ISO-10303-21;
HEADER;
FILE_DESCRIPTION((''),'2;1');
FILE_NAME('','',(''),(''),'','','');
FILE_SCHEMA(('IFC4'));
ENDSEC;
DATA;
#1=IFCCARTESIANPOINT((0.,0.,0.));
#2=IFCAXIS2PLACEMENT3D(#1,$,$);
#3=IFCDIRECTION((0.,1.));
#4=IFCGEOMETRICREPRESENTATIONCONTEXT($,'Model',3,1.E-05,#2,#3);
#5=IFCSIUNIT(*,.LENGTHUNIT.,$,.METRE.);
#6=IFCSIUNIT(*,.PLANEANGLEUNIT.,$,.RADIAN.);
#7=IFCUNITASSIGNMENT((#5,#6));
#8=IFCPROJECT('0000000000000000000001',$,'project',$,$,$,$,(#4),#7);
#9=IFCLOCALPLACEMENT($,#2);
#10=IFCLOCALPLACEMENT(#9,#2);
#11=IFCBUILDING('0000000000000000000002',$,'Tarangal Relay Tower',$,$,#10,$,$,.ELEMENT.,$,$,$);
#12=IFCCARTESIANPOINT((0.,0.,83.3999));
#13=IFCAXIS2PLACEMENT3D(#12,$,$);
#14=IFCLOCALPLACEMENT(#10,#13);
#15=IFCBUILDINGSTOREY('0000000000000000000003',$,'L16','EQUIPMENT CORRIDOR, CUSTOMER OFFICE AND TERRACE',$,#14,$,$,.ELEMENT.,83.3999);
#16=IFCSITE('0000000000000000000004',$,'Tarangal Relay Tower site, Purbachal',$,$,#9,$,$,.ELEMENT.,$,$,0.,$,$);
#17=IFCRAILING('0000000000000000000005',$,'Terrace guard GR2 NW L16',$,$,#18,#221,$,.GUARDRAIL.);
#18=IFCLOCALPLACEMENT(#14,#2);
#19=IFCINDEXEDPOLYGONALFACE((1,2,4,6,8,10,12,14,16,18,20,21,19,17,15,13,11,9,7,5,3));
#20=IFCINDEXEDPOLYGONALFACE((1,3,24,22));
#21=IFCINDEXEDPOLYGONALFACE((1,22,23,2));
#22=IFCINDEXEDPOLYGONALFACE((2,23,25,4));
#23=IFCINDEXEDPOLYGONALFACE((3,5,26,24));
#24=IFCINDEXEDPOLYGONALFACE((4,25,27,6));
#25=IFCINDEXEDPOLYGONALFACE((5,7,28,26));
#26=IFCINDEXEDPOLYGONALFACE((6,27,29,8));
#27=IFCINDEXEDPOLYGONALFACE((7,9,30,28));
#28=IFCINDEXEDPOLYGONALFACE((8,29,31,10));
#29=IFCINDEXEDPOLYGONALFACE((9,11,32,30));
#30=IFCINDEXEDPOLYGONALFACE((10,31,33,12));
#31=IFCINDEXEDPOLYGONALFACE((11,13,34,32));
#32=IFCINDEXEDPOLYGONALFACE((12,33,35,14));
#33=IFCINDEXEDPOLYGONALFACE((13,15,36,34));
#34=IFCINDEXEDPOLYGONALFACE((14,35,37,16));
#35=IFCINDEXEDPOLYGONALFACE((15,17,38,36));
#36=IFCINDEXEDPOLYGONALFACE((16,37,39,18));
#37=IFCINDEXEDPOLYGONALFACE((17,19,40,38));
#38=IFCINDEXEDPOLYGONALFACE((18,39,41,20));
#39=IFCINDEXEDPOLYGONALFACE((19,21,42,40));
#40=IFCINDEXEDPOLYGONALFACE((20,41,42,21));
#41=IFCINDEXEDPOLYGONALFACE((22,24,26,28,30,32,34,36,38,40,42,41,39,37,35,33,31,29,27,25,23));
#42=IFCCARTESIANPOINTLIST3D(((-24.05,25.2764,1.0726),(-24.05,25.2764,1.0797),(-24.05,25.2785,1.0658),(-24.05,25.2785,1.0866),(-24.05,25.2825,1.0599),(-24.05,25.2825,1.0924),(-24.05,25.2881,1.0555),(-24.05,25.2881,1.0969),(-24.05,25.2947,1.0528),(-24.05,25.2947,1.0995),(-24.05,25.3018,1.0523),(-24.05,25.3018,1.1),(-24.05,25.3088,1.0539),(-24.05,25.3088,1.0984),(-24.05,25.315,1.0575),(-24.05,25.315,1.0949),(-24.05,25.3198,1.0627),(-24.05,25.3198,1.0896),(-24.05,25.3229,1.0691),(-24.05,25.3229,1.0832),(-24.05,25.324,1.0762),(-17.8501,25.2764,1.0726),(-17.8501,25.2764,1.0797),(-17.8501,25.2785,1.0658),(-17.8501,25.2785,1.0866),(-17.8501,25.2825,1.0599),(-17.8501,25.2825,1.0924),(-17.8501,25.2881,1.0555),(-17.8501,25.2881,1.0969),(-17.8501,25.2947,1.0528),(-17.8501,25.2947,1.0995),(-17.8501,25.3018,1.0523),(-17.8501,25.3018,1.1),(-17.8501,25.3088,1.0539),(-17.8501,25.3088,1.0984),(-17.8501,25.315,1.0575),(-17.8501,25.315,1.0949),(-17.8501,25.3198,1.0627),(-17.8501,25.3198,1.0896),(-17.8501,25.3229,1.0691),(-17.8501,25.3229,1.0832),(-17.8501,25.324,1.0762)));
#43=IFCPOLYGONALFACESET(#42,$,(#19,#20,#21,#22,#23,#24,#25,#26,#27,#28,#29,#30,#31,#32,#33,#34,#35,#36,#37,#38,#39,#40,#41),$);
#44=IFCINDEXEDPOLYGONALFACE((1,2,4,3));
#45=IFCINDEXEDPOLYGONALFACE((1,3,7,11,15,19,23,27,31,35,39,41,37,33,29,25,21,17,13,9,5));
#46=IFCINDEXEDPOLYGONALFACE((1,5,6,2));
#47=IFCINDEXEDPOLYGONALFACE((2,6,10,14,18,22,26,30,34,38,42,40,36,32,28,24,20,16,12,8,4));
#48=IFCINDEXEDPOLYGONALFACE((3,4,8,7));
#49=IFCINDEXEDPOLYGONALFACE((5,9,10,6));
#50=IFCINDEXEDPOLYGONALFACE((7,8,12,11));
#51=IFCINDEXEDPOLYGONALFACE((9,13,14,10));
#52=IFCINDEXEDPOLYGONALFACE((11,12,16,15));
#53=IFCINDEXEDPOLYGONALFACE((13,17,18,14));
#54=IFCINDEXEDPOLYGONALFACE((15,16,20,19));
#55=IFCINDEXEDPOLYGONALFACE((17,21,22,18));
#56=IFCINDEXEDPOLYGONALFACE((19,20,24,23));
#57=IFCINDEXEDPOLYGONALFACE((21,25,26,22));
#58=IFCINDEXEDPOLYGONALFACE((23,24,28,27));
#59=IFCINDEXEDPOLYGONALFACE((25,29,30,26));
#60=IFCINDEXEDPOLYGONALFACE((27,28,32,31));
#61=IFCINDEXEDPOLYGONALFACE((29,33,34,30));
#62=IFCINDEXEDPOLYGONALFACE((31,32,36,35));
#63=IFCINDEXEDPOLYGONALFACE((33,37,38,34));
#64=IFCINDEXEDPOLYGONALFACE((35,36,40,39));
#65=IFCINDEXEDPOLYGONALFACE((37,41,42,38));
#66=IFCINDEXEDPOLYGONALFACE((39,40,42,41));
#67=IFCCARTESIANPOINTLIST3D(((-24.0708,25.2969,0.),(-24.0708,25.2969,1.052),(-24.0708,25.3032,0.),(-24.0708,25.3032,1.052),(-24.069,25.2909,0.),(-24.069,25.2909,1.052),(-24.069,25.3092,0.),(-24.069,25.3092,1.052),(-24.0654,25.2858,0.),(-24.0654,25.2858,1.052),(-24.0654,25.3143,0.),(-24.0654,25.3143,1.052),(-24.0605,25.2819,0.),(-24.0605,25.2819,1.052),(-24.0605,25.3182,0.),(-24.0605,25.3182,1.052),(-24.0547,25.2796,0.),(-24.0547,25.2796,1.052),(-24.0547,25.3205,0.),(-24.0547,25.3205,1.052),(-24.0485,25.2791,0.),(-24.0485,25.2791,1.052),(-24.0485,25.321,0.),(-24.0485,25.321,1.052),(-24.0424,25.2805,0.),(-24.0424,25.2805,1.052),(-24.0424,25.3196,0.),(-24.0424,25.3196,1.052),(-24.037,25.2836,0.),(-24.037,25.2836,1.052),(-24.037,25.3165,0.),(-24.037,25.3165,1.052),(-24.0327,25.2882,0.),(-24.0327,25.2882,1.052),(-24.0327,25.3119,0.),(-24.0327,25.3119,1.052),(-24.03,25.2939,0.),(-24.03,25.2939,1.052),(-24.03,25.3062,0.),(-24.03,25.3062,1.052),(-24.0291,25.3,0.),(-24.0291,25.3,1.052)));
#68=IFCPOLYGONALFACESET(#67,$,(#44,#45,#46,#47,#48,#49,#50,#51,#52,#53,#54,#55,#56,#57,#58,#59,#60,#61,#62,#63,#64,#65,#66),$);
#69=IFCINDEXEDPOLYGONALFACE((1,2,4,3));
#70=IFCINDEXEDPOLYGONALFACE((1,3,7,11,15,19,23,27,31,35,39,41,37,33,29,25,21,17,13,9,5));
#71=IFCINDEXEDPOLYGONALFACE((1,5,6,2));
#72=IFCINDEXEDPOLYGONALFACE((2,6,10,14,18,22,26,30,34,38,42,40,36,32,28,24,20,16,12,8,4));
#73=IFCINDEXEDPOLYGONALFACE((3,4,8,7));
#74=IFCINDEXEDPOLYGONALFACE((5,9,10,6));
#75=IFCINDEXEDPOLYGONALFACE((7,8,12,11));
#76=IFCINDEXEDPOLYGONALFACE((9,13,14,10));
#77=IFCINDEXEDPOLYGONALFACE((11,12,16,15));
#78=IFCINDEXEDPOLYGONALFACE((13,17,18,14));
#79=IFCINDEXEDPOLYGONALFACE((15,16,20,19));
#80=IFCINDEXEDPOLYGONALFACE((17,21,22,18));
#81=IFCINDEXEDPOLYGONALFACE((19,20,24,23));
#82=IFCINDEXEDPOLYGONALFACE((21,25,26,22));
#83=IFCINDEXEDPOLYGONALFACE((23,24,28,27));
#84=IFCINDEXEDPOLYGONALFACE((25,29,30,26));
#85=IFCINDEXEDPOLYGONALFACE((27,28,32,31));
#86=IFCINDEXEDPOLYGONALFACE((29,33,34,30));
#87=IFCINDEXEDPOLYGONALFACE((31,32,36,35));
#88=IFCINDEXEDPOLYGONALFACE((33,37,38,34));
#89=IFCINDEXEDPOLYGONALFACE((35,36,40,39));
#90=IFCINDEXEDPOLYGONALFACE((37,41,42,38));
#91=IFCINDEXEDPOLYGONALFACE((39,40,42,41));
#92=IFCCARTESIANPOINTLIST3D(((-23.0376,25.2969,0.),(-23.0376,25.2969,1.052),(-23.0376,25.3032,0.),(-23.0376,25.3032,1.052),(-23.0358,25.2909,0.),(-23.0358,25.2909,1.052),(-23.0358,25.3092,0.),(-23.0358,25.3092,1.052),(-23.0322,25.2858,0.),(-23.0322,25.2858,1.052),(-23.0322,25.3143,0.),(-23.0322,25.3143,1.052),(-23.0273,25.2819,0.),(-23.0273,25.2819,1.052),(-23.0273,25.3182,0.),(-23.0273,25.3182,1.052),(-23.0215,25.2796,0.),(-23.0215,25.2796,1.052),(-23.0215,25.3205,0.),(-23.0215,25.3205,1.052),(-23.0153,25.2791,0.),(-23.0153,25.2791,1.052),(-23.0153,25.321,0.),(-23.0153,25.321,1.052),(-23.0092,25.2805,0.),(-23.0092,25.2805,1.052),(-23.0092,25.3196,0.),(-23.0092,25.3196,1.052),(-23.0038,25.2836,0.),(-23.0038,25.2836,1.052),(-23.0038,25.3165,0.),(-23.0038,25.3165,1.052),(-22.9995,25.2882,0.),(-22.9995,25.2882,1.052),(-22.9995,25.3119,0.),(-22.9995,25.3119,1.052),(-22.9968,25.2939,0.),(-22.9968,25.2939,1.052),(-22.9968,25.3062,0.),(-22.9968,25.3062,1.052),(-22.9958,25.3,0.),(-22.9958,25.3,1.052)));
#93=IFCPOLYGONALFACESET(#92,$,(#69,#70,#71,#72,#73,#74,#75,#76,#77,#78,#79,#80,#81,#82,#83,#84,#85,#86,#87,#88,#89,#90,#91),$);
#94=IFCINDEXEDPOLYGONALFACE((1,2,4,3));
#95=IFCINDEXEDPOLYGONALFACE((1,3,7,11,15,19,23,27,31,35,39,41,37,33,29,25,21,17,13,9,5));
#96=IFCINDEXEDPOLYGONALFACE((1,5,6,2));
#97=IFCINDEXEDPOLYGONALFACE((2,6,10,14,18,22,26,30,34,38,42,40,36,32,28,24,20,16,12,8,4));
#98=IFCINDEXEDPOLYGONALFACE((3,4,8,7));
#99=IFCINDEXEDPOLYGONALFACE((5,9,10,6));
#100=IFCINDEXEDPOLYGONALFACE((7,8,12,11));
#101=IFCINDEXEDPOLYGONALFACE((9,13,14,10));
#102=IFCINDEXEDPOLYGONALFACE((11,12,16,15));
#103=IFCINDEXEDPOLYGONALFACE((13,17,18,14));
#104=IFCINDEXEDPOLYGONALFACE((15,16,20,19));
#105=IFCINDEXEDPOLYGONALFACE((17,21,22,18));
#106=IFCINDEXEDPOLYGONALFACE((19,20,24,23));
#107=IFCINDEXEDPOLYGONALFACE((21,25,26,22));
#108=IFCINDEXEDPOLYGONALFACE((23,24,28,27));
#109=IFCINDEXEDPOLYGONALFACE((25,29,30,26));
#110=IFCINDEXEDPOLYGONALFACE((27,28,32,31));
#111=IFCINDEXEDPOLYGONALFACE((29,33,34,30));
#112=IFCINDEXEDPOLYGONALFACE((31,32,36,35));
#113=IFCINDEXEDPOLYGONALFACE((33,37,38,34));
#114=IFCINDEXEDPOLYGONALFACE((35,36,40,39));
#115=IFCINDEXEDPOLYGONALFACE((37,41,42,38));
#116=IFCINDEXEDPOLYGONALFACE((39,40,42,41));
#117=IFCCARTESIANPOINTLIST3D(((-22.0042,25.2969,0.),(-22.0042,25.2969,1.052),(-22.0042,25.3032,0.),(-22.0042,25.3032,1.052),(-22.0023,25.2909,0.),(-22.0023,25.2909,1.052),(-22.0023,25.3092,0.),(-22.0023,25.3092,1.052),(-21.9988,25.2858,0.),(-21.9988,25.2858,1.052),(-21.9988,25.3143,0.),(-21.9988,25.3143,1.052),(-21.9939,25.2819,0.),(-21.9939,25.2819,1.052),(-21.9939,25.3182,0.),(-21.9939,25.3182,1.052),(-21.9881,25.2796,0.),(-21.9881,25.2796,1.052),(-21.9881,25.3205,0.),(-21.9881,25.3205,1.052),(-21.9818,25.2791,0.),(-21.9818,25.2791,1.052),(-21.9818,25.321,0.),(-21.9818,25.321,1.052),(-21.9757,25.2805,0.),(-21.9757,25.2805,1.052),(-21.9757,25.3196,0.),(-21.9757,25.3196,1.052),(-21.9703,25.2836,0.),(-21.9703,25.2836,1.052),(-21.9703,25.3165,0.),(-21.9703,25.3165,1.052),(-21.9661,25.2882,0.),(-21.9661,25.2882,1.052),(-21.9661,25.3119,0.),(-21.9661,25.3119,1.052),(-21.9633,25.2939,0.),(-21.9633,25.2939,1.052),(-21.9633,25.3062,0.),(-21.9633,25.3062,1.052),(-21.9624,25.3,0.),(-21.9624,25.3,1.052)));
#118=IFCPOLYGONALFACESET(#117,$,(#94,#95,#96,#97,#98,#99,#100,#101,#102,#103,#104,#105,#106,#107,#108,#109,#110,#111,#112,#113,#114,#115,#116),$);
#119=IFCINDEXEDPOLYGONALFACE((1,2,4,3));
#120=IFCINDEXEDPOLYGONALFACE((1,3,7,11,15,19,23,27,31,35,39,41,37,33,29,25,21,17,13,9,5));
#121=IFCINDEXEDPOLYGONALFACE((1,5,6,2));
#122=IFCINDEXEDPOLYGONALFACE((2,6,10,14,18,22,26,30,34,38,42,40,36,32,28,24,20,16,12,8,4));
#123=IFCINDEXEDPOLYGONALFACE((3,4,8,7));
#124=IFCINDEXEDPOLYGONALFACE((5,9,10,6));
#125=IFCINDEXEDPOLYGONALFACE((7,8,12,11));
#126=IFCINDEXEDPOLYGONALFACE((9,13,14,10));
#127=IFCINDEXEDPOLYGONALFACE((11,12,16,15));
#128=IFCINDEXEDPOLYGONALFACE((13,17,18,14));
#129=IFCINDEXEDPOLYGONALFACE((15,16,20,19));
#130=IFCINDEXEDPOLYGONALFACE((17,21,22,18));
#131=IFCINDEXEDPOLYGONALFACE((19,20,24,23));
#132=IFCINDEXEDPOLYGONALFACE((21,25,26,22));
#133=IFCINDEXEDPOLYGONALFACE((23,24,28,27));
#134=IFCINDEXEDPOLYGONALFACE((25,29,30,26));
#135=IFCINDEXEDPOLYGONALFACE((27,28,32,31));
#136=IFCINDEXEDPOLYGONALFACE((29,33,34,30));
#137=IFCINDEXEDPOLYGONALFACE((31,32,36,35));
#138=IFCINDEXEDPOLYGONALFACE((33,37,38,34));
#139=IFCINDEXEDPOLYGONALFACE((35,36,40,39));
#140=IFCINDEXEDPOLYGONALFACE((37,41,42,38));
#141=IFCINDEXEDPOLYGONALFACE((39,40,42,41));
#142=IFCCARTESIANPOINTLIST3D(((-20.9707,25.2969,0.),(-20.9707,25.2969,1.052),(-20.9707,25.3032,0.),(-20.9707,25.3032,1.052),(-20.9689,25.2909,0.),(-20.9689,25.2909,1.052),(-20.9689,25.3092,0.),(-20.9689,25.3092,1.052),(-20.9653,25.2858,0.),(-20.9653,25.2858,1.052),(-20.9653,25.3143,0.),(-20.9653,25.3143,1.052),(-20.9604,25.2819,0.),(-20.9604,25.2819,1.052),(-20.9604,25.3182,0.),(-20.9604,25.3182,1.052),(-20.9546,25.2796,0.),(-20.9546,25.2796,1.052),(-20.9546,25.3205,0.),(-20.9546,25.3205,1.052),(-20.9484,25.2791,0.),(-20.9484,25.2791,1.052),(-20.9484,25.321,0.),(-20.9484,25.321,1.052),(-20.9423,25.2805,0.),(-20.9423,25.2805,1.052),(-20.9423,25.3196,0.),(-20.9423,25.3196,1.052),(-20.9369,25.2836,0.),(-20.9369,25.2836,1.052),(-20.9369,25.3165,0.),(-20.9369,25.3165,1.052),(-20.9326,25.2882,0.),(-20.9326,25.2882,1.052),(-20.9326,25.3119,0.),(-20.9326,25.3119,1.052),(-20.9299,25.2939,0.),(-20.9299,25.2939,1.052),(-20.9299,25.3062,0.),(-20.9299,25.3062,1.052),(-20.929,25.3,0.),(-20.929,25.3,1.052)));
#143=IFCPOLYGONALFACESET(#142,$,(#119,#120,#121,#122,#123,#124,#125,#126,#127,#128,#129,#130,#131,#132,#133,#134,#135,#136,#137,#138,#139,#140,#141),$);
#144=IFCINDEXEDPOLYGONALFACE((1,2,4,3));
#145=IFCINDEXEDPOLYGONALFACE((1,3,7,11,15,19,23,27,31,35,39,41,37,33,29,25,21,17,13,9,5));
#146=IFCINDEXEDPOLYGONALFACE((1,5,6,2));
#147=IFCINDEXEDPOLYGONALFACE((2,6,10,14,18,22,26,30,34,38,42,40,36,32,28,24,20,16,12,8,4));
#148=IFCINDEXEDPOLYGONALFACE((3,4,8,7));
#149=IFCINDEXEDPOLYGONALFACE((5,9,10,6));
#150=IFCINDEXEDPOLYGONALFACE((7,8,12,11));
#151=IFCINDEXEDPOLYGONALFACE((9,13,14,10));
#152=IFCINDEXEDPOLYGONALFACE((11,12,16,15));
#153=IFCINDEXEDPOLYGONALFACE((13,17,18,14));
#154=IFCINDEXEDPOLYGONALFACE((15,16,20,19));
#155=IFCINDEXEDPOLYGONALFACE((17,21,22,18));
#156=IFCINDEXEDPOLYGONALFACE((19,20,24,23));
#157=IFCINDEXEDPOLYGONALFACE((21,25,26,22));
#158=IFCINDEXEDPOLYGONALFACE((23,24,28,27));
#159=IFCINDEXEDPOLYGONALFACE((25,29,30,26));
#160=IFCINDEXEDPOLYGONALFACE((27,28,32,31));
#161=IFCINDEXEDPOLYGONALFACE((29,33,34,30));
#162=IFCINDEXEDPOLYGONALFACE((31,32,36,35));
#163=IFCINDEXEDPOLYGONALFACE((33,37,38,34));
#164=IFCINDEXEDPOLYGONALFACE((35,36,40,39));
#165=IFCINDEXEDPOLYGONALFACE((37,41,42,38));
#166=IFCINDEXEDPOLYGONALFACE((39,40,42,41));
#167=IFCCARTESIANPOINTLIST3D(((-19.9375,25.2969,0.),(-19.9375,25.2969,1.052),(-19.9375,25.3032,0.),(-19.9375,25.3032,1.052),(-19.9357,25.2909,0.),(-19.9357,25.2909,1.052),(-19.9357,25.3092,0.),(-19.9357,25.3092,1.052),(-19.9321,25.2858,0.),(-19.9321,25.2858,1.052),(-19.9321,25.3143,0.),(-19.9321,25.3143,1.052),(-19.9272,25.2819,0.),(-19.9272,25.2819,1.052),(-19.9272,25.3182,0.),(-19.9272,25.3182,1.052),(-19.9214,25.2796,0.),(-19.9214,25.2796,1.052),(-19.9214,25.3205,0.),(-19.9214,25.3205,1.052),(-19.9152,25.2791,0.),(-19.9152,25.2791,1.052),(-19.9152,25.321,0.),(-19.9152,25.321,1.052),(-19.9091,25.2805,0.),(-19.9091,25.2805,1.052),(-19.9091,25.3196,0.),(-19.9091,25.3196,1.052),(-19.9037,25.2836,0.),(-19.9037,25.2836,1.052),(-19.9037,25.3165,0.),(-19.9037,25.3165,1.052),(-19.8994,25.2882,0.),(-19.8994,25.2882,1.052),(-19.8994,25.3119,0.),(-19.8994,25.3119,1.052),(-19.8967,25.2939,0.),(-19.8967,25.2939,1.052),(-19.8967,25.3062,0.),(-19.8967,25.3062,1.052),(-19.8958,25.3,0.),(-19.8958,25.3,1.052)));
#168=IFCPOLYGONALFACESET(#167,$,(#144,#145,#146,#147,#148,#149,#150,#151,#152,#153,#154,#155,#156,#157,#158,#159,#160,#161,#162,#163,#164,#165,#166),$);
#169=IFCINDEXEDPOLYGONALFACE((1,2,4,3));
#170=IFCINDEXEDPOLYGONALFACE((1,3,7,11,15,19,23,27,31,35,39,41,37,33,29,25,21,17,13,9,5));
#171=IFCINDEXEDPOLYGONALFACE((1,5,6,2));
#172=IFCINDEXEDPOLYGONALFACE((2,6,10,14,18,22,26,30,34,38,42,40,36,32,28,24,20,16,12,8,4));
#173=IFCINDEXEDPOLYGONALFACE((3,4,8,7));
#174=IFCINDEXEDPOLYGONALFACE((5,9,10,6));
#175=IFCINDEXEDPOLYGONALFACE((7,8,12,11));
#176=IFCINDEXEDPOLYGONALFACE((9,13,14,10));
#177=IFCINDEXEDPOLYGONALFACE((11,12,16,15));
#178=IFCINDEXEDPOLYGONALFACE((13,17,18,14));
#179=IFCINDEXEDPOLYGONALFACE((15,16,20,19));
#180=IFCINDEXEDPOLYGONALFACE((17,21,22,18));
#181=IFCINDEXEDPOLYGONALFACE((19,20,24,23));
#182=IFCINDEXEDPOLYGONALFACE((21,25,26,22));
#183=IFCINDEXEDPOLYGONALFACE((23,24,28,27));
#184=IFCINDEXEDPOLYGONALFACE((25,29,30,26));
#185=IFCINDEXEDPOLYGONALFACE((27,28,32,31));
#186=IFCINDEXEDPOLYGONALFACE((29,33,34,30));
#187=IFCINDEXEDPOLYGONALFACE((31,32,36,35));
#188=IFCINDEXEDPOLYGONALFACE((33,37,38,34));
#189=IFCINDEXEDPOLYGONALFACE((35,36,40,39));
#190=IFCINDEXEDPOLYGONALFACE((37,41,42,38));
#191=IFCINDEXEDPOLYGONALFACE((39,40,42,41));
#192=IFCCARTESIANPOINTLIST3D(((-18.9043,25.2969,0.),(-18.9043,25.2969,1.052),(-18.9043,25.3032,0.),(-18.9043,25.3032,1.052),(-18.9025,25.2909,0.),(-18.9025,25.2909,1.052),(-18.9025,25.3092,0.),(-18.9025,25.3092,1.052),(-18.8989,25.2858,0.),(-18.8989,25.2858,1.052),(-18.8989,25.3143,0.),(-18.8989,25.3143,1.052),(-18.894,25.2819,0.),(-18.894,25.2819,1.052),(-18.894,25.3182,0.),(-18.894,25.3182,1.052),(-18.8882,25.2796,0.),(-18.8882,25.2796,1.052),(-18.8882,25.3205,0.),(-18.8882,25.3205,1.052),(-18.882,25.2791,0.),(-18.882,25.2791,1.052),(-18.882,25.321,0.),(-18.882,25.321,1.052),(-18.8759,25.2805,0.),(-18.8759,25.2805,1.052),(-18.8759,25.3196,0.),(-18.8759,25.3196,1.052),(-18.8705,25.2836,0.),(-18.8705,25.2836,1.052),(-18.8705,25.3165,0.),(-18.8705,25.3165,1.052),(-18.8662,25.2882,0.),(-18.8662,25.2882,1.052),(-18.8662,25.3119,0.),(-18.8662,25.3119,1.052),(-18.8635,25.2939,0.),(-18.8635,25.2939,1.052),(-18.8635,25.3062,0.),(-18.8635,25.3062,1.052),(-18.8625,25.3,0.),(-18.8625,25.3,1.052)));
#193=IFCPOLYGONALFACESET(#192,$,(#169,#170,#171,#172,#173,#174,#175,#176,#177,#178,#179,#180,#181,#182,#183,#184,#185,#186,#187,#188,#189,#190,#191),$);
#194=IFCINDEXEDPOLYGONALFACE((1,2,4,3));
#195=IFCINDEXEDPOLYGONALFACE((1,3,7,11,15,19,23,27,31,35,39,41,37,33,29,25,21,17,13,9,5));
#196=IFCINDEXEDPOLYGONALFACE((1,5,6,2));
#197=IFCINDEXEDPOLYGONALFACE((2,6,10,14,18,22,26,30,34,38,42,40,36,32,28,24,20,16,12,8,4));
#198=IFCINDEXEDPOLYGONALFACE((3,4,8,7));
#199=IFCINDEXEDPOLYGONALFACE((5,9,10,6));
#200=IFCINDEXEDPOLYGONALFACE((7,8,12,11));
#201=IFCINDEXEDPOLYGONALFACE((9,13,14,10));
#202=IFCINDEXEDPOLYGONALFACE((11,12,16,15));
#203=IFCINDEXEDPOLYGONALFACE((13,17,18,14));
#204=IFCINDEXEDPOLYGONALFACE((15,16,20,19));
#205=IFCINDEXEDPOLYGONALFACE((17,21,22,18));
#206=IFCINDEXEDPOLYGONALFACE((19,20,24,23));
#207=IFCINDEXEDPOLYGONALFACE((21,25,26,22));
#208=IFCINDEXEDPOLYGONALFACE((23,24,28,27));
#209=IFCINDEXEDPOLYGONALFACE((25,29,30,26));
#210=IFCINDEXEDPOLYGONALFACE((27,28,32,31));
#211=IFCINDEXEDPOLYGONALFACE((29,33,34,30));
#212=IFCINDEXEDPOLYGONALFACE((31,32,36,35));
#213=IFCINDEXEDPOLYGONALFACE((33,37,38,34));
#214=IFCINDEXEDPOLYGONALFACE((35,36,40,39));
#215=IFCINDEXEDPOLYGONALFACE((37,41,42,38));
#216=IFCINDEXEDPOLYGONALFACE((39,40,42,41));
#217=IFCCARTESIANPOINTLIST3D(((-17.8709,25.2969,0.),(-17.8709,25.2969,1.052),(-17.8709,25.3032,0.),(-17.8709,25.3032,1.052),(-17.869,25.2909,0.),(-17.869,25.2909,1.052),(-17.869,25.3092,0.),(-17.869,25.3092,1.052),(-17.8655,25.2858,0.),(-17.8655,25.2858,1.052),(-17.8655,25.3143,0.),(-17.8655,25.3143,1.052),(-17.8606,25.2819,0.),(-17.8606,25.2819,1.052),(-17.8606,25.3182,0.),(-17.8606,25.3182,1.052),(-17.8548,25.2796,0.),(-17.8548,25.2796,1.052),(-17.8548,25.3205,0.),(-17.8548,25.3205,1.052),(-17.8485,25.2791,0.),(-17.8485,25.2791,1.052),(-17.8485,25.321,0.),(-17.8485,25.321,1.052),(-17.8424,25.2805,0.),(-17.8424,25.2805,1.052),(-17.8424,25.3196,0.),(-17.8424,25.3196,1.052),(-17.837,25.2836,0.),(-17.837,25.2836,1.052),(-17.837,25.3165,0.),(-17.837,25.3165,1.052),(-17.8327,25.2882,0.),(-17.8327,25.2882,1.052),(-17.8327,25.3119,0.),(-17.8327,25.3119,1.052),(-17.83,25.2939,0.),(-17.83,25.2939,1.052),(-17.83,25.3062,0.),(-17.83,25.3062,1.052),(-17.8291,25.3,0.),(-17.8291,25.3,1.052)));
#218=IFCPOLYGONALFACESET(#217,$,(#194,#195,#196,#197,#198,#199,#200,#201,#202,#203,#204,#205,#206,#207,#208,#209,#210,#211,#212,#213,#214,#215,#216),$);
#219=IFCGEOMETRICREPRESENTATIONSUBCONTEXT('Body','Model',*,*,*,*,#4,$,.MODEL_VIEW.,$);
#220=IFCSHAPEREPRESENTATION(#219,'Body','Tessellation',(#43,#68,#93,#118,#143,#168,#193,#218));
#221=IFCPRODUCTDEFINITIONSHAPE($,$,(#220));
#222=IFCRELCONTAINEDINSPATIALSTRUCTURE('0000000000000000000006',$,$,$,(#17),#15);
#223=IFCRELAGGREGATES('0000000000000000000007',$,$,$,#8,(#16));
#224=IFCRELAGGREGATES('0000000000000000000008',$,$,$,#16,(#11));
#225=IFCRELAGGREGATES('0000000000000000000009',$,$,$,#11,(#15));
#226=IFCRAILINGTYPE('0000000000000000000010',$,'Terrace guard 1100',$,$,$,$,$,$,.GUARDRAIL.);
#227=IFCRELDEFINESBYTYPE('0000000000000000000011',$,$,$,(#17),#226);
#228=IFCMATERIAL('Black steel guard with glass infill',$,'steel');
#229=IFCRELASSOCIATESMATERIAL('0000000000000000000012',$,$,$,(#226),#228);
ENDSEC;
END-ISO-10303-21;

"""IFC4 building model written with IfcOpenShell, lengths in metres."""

from ifc_helpers import new_model, si_unit, direction, frame, origin, origin_2d, place, context, subcontext, project, spatial, circle, extrude, material, type_object, element, save


model = new_model("IFC4")

# Units and contexts
model_context = context("Model", 3, precision=1e-05, world=origin(), true_north=direction((0.0, 1.0)))
body_context = subcontext(model_context, "Body", "Model", "MODEL_VIEW")
ifc_project = project(units=[si_unit("LENGTHUNIT", "METRE"), si_unit("PLANEANGLEUNIT", "RADIAN")], contexts=[model_context])

# Site, building, storey
site_placement = place(None, origin())
site = spatial("IfcSite", under=ifc_project, at=site_placement, Name="Tarangal Relay Tower site, Purbachal", CompositionType="ELEMENT", RefElevation=0.0)
building_placement = place(site_placement, origin())
building = spatial("IfcBuilding", under=site, at=building_placement, Name="Tarangal Relay Tower", CompositionType="ELEMENT")
storey_placement = place(building_placement, frame((0.0, 0.0, 83.3999)))
storey = spatial("IfcBuildingStorey", under=building, at=storey_placement, Name="L16", Description="EQUIPMENT CORRIDOR, CUSTOMER OFFICE AND TERRACE", CompositionType="ELEMENT", Elevation=83.3999)

# Railing
ifc_material_1 = material(Name="Black steel guard with glass infill", Category="steel")
railing_type = type_object("IfcRailingType", Name="Terrace guard 1100", PredefinedType="GUARDRAIL", material=ifc_material_1)
railing_1_placement = place(storey_placement, frame((-24.05, 25.3, 0.0)))
element("IfcRailing", 1, at=railing_1_placement, inside=storey, type_object=railing_type, Name="Terrace guard GR2 NW L16", PredefinedType="GUARDRAIL", context=body_context, shape_type="SweptSolid", body=[
    extrude(circle(Radius=0.0239, at=origin_2d()), frame((0.0, 0.0, 1.0762), z_axis=(1.0, 0.0, 0.0), x_axis=(0.0, 1.0, 0.0)), (0.0, 0.0, 1.0), 6.2),
    extrude(circle(Radius=0.021, at=origin_2d()), origin(), (0.0, 0.0, 1.0), 1.052),
    extrude(circle(Radius=0.021, at=origin_2d()), frame((1.0332, 0.0, 0.0)), (0.0, 0.0, 1.0), 1.052),
    extrude(circle(Radius=0.021, at=origin_2d()), frame((2.0667, 0.0, 0.0)), (0.0, 0.0, 1.0), 1.052),
    extrude(circle(Radius=0.021, at=origin_2d()), frame((3.1001, 0.0, 0.0)), (0.0, 0.0, 1.0), 1.052),
    extrude(circle(Radius=0.021, at=origin_2d()), frame((4.1333, 0.0, 0.0)), (0.0, 0.0, 1.0), 1.052),
    extrude(circle(Radius=0.021, at=origin_2d()), frame((5.1665, 0.0, 0.0)), (0.0, 0.0, 1.0), 1.052),
    extrude(circle(Radius=0.021, at=origin_2d()), frame((6.2, 0.0, 0.0)), (0.0, 0.0, 1.0), 1.052),
])

save(model, "model.ifc")
